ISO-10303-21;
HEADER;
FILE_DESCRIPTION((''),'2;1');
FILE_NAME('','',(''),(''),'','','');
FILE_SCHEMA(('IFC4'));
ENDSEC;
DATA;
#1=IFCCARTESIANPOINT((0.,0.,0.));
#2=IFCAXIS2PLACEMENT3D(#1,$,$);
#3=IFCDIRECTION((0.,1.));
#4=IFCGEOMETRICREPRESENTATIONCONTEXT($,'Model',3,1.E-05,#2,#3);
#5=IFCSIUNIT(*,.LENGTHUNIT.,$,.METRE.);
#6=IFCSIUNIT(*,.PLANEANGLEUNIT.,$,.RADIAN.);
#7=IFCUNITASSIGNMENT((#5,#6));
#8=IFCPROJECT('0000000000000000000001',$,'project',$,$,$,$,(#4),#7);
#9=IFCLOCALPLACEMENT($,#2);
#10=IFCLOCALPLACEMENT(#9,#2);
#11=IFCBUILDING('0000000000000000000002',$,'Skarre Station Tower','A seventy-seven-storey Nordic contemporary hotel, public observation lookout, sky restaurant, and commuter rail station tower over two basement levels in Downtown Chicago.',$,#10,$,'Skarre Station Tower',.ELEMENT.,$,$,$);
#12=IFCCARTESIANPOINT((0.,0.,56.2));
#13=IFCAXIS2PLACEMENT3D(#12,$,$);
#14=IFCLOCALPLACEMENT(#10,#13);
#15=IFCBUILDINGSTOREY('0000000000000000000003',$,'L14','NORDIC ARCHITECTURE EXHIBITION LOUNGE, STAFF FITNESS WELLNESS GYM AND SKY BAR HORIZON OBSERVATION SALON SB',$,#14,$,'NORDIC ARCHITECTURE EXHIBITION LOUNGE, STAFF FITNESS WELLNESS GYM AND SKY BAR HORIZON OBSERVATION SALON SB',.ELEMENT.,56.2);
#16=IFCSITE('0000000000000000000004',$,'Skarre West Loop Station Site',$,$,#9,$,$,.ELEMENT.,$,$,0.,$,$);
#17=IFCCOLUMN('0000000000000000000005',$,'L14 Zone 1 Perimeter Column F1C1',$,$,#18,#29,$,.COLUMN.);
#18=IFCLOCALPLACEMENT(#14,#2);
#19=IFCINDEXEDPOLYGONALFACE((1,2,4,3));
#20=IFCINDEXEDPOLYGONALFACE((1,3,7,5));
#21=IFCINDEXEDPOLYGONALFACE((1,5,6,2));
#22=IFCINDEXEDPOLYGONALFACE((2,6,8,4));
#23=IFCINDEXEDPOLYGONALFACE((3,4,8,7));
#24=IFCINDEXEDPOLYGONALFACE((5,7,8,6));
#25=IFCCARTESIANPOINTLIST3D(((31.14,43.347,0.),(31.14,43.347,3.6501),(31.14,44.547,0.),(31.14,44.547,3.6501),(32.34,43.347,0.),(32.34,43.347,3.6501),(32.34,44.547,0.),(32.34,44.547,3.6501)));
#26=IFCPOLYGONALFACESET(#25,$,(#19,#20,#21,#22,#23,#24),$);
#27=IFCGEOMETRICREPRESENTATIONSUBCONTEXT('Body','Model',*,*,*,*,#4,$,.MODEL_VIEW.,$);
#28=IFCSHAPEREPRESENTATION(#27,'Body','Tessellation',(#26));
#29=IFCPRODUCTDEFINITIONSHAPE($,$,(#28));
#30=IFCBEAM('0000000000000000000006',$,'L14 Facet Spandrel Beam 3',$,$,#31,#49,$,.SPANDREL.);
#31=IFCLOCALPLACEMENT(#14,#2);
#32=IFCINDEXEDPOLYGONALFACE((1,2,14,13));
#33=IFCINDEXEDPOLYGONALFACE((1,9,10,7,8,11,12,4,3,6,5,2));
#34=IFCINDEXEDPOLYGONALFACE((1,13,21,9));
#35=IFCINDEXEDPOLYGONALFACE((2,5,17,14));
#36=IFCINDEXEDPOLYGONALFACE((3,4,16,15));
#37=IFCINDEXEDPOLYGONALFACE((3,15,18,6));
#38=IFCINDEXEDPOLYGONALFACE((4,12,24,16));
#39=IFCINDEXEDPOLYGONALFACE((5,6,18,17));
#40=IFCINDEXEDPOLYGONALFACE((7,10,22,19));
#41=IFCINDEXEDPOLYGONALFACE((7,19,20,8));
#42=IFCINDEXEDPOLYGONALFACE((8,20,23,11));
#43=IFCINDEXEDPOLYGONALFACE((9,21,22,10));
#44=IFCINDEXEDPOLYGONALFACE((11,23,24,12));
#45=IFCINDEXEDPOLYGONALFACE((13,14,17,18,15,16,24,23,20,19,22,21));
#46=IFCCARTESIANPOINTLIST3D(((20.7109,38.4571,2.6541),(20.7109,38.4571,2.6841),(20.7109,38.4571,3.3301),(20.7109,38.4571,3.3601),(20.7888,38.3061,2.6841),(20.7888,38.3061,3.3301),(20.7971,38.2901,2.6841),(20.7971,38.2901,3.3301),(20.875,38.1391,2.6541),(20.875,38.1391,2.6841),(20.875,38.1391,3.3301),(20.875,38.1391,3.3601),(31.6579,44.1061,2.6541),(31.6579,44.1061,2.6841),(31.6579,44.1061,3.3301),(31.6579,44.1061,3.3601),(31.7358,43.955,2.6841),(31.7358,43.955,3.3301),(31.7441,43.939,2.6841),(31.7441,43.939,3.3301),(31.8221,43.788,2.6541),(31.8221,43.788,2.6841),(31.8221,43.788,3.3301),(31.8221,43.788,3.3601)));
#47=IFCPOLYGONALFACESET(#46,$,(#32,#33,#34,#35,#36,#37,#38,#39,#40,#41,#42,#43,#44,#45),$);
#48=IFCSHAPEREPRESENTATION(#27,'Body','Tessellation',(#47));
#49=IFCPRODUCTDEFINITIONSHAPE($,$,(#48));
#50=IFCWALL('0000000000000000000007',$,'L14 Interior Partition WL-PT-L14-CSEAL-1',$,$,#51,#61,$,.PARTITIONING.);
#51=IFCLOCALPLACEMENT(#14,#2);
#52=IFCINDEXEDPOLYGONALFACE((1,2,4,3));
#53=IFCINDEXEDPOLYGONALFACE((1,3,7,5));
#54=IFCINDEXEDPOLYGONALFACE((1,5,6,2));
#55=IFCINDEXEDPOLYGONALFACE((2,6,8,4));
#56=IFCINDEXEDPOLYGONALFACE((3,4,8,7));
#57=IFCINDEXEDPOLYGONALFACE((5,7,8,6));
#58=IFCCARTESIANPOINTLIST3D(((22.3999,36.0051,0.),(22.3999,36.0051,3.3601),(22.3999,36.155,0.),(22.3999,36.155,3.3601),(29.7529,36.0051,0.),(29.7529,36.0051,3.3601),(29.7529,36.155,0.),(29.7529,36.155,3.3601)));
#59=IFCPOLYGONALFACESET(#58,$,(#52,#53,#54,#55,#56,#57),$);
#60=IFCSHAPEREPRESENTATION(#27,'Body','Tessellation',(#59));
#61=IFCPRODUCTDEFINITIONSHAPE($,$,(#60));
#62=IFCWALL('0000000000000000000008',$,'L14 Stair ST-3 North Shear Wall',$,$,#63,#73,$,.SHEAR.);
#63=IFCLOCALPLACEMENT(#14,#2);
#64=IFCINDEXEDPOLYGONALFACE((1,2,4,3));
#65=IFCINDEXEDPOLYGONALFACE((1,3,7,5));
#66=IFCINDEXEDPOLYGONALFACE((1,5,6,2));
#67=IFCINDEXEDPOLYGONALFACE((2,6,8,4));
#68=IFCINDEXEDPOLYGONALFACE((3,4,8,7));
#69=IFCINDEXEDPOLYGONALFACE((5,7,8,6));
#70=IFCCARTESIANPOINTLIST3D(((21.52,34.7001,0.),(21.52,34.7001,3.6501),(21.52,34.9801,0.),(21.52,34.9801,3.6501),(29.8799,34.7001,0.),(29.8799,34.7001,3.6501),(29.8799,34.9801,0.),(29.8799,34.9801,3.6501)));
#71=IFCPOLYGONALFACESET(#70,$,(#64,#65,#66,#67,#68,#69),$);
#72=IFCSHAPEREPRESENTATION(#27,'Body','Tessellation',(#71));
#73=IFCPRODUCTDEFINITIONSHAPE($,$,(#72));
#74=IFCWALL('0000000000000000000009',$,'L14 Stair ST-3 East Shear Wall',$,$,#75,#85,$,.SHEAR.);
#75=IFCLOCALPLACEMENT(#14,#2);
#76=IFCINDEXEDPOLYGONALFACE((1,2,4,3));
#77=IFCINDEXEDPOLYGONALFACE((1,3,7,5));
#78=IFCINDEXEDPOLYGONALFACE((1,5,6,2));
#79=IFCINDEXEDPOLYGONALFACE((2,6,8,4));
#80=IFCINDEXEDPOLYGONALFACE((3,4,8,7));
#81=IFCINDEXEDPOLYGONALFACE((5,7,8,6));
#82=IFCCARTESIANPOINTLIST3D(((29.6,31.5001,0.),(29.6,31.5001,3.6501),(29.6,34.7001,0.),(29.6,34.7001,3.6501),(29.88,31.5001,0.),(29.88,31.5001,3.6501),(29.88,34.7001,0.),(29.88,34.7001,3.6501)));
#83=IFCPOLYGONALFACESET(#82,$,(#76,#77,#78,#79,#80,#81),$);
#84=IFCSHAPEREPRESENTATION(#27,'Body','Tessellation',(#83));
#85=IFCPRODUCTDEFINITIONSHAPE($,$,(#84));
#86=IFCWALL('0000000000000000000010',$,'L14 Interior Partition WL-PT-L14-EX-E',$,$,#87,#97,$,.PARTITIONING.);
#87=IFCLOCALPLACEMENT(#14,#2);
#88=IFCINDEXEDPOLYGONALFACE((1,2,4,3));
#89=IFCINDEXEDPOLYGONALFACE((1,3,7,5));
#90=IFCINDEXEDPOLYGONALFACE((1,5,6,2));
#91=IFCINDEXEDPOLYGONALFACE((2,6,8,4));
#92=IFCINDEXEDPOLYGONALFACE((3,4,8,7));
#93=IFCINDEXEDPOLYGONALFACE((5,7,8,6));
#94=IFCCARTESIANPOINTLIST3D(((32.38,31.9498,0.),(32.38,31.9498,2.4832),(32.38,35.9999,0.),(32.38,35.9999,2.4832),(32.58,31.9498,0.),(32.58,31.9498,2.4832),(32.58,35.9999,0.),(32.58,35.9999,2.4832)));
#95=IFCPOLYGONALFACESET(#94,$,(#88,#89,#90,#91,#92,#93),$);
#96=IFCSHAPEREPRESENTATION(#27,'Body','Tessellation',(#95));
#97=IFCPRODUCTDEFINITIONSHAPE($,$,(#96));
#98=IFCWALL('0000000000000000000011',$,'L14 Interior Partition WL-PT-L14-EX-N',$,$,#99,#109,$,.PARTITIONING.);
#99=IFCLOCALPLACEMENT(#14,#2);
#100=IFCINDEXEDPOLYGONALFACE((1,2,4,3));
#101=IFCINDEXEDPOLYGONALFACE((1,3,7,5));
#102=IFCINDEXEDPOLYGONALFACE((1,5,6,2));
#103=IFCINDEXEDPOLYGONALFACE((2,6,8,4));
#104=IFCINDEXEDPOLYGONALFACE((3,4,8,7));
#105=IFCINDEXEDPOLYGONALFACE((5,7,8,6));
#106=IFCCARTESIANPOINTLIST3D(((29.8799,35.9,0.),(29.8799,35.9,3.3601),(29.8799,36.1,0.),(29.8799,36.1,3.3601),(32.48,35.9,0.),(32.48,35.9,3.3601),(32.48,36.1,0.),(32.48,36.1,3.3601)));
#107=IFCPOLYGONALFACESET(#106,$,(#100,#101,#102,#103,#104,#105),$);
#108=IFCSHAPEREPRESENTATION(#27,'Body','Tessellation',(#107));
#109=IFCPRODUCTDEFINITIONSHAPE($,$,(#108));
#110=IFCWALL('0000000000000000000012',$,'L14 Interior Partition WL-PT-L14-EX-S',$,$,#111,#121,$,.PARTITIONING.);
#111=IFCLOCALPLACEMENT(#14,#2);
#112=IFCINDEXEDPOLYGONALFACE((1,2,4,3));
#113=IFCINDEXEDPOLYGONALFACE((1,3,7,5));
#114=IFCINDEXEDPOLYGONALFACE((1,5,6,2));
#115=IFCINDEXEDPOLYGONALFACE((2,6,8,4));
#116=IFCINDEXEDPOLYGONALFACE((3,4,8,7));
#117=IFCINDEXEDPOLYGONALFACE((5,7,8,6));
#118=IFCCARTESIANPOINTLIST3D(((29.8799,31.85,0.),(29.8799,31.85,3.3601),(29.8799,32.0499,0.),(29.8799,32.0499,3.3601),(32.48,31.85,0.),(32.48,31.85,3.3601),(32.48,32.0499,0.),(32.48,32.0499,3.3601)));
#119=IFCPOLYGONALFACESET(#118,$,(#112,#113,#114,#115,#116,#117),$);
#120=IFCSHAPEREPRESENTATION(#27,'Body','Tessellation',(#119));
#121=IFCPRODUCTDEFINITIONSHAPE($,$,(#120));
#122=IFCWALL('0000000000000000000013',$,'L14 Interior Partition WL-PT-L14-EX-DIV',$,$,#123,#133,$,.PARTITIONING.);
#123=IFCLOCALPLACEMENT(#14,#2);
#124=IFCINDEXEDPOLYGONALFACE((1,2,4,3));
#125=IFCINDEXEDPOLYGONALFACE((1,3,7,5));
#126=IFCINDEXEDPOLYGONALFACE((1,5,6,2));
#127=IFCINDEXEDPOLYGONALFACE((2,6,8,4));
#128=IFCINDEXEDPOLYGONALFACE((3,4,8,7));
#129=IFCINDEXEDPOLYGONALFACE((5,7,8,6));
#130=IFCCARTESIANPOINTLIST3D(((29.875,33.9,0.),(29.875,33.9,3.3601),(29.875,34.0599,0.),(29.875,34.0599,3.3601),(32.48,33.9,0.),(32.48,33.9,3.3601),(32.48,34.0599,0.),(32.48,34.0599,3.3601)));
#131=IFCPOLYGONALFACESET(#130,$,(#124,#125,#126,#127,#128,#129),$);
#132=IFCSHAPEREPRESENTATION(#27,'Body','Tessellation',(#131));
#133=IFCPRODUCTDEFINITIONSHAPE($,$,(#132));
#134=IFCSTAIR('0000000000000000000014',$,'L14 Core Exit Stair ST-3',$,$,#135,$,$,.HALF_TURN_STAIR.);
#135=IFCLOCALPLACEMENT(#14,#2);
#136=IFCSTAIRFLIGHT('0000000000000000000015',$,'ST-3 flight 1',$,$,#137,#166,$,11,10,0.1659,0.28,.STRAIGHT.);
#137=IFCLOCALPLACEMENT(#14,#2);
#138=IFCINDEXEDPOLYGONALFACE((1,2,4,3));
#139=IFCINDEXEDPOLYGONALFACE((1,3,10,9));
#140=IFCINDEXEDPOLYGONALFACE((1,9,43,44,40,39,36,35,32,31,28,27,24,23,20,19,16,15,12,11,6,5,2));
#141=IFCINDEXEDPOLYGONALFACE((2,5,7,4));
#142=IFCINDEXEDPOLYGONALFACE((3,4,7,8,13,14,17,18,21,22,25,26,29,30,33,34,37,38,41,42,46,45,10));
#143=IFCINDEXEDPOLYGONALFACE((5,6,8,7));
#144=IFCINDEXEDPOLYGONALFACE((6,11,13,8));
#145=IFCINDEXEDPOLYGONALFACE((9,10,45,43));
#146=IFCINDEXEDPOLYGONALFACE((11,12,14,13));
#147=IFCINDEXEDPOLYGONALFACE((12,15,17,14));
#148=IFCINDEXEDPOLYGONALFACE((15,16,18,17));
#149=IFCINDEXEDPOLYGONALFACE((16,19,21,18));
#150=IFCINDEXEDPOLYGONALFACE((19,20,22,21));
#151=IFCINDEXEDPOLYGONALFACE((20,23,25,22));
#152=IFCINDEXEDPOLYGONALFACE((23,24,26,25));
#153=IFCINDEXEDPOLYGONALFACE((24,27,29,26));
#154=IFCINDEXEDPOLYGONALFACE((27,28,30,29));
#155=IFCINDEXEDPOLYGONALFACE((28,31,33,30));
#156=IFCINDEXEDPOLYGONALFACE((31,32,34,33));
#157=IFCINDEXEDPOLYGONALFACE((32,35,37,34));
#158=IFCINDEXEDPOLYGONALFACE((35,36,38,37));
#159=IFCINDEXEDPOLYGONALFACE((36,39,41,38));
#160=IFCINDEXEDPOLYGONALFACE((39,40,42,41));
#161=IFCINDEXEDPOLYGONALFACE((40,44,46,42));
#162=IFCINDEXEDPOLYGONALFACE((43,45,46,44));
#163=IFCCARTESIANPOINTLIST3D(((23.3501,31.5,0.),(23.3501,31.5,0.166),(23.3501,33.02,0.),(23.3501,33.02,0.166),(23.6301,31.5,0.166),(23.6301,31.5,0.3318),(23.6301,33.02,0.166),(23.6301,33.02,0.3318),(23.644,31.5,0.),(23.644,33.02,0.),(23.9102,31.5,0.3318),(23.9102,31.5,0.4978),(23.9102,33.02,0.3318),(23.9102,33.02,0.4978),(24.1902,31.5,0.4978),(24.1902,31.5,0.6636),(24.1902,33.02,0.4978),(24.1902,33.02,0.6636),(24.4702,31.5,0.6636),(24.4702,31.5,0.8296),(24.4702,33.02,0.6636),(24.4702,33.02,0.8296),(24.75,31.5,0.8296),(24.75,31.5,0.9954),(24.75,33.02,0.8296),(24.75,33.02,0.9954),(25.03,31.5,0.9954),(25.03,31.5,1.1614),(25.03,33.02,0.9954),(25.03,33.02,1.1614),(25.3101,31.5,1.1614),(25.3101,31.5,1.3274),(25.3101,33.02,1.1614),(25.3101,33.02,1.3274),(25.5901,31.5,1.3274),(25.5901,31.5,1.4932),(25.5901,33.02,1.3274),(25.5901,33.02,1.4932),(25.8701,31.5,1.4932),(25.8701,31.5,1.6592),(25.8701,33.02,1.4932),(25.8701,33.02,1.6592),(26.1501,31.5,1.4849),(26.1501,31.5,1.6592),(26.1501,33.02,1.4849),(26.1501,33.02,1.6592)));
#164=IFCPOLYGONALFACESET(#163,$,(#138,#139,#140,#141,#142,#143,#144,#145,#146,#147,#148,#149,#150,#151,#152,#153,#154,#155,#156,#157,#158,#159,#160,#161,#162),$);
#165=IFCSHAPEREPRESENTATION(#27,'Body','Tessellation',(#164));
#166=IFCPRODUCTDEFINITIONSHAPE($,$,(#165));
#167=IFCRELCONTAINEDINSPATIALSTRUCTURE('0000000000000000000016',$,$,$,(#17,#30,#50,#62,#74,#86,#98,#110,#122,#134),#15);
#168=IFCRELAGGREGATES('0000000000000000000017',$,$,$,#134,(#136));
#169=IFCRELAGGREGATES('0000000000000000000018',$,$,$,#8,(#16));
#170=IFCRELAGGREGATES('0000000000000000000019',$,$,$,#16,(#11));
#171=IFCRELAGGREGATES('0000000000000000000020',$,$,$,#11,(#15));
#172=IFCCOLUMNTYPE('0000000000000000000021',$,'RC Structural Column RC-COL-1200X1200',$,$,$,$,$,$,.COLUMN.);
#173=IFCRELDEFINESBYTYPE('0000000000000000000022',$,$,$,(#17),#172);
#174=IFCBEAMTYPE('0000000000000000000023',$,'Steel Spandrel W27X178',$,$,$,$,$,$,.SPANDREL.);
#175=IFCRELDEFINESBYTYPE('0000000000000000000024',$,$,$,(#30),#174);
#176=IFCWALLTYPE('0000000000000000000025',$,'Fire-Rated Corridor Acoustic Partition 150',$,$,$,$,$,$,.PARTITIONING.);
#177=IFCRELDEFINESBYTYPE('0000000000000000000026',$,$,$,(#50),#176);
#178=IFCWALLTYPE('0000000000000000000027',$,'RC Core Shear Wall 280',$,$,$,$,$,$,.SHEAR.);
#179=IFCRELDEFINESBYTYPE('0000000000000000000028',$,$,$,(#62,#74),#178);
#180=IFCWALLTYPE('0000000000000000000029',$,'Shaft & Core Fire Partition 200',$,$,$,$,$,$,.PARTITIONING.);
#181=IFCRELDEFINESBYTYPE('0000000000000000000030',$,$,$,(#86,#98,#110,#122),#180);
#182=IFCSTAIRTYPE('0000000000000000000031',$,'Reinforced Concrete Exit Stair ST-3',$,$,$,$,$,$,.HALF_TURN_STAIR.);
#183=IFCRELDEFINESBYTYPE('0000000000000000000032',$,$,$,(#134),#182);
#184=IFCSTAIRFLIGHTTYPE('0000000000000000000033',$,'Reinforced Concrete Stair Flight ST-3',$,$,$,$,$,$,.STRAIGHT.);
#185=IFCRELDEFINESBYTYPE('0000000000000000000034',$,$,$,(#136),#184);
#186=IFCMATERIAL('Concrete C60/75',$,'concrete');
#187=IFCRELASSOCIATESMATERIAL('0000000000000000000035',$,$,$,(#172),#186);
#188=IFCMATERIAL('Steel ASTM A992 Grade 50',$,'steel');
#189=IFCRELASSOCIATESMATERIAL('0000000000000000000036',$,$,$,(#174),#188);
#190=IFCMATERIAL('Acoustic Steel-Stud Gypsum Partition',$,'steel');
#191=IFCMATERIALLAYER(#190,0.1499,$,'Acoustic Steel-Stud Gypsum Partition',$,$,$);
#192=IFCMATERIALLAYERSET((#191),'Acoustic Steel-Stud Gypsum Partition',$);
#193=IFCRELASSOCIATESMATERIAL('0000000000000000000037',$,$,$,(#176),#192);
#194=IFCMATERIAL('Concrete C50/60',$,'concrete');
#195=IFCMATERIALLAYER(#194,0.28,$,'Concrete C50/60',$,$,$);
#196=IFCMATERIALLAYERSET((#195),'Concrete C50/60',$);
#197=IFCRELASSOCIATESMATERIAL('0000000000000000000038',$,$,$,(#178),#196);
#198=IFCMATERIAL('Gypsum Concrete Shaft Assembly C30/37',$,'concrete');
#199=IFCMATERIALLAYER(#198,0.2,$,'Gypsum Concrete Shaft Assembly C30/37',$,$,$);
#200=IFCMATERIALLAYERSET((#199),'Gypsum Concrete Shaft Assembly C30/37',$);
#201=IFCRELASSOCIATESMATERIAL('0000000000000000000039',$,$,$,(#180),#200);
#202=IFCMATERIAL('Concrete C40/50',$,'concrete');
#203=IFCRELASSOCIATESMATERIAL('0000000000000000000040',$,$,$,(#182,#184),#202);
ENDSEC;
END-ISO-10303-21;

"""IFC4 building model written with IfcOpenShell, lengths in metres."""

from ifc_helpers import new_model, si_unit, direction, frame, frame_2d, origin, origin_2d, place, context, subcontext, project, spatial, polyline, rectangle, i_section, outline, extrude, material, layer, layer_set, material_profile, profile_set, type_object, element, aggregate, save


model = new_model("IFC4")

# Units and contexts
model_context = context("Model", 3, precision=1e-05, world=origin(), true_north=direction((0.0, 1.0)))
body_context = subcontext(model_context, "Body", "Model", "MODEL_VIEW")
ifc_project = project(units=[si_unit("LENGTHUNIT", "METRE"), si_unit("PLANEANGLEUNIT", "RADIAN")], contexts=[model_context])

# Site, building, storey
site_placement = place(None, origin())
site = spatial("IfcSite", under=ifc_project, at=site_placement, Name="Skarre West Loop Station Site", CompositionType="ELEMENT", RefElevation=0.0)
building_placement = place(site_placement, origin())
building = spatial("IfcBuilding", under=site, at=building_placement, Name="Skarre Station Tower", Description="A seventy-seven-storey Nordic contemporary hotel, public observation lookout, sky restaurant, and commuter rail station tower over two basement levels in Downtown Chicago.", LongName="Skarre Station Tower", CompositionType="ELEMENT")
storey_placement = place(building_placement, frame((0.0, 0.0, 56.2)))
storey = spatial("IfcBuildingStorey", under=building, at=storey_placement, Name="L14", Description="NORDIC ARCHITECTURE EXHIBITION LOUNGE, STAFF FITNESS WELLNESS GYM AND SKY BAR HORIZON OBSERVATION SALON SB", LongName="NORDIC ARCHITECTURE EXHIBITION LOUNGE, STAFF FITNESS WELLNESS GYM AND SKY BAR HORIZON OBSERVATION SALON SB", CompositionType="ELEMENT", Elevation=56.2)

# Column
ifc_material_1 = material(Name="Concrete C60/75", Category="concrete")
ifc_material_profile_1 = material_profile(ifc_material_1, rectangle(XDim=1.2, YDim=1.2, at=origin_2d()), Name="Concrete C60/75")
ifc_profile_set_1 = profile_set([ifc_material_profile_1], Name="Concrete C60/75")
column_type = type_object("IfcColumnType", Name="RC Structural Column RC-COL-1200X1200", PredefinedType="COLUMN", material=ifc_profile_set_1)
column_placement = place(storey_placement, frame((31.74, 43.947, 0.0), z_axis=(0.0, 0.0, 1.0), x_axis=(1.0, 0.0, 0.0)))
element("IfcColumn", 1, at=column_placement, inside=storey, type_object=column_type, Name="L14 Zone 1 Perimeter Column F1C1", PredefinedType="COLUMN", context=body_context, shape_type="SweptSolid", body=[
    extrude(rectangle(XDim=1.2, YDim=1.2, at=origin_2d()), origin(), (0.0, 0.0, 1.0), 3.6501),
])

# Beam
ifc_material_2 = material(Name="Steel ASTM A992 Grade 50", Category="steel")
ifc_material_profile_2 = material_profile(ifc_material_2, i_section(OverallWidth=0.3579, OverallDepth=0.7061, WebThickness=0.0181, FlangeThickness=0.03, at=origin_2d()), Name="Steel ASTM A992 Grade 50")
ifc_profile_set_2 = profile_set([ifc_material_profile_2], Name="Steel ASTM A992 Grade 50")
beam_type = type_object("IfcBeamType", Name="Steel Spandrel W27X178", PredefinedType="SPANDREL", material=ifc_profile_set_2)
beam_placement = place(storey_placement, frame((31.74, 43.947, 3.0071), z_axis=(-0.888659, -0.458569, 0.0), x_axis=(0.458569, -0.888659, 0.0)))
element("IfcBeam", 2, at=beam_placement, inside=storey, type_object=beam_type, Name="L14 Facet Spandrel Beam 3", PredefinedType="SPANDREL", context=body_context, shape_type="SweptSolid", body=[
    extrude(i_section(OverallWidth=0.3579, OverallDepth=0.7061, WebThickness=0.0181, FlangeThickness=0.03, at=origin_2d()), origin(), (0.0, 0.0, 1.0), 12.3186),
])

# Walls
ifc_material_3 = material(Name="Acoustic Steel-Stud Gypsum Partition", Category="steel")
ifc_layer_1 = layer(ifc_material_3, 0.1499, Name="Acoustic Steel-Stud Gypsum Partition")
ifc_layer_set_1 = layer_set([ifc_layer_1], Name="Acoustic Steel-Stud Gypsum Partition")
wall_type_1 = type_object("IfcWallType", Name="Fire-Rated Corridor Acoustic Partition 150", PredefinedType="PARTITIONING", material=ifc_layer_set_1)
wall_1_placement = place(storey_placement, frame((29.7529, 36.0801, 0.0), z_axis=(0.0, 0.0, 1.0), x_axis=(-1.0, 0.0, 0.0)))
element("IfcWall", 3, at=wall_1_placement, inside=storey, type_object=wall_type_1, Name="L14 Interior Partition WL-PT-L14-CSEAL-1", PredefinedType="PARTITIONING", context=body_context, shape_type="SweptSolid", body=[
    extrude(rectangle(XDim=7.353, YDim=0.1499, at=frame_2d((3.6765, 0.0))), origin(), (0.0, 0.0, 1.0), 3.3601),
])
ifc_material_4 = material(Name="Concrete C50/60", Category="concrete")
ifc_layer_2 = layer(ifc_material_4, 0.28, Name="Concrete C50/60")
ifc_layer_set_2 = layer_set([ifc_layer_2], Name="Concrete C50/60")
wall_type_2 = type_object("IfcWallType", Name="RC Core Shear Wall 280", PredefinedType="SHEAR", material=ifc_layer_set_2)
wall_2_placement = place(storey_placement, frame((29.8799, 34.8401, 0.0), z_axis=(0.0, 0.0, 1.0), x_axis=(-1.0, 0.0, 0.0)))
element("IfcWall", 4, at=wall_2_placement, inside=storey, type_object=wall_type_2, Name="L14 Stair ST-3 North Shear Wall", PredefinedType="SHEAR", context=body_context, shape_type="SweptSolid", body=[
    extrude(rectangle(XDim=8.3599, YDim=0.28, at=frame_2d((4.1799, 0.0))), origin(), (0.0, 0.0, 1.0), 3.6501),
])
wall_3_placement = place(storey_placement, frame((29.74, 31.5, 0.0), z_axis=(0.0, 0.0, 1.0), x_axis=(0.0, 1.0, 0.0)))
element("IfcWall", 5, at=wall_3_placement, inside=storey, type_object=wall_type_2, Name="L14 Stair ST-3 East Shear Wall", PredefinedType="SHEAR", context=body_context, shape_type="SweptSolid", body=[
    extrude(rectangle(XDim=3.2, YDim=0.28, at=frame_2d((1.6001, 0.0))), origin(), (0.0, 0.0, 1.0), 3.6501),
])
ifc_material_5 = material(Name="Gypsum Concrete Shaft Assembly C30/37", Category="concrete")
ifc_layer_3 = layer(ifc_material_5, 0.2, Name="Gypsum Concrete Shaft Assembly C30/37")
ifc_layer_set_3 = layer_set([ifc_layer_3], Name="Gypsum Concrete Shaft Assembly C30/37")
wall_type_3 = type_object("IfcWallType", Name="Shaft & Core Fire Partition 200", PredefinedType="PARTITIONING", material=ifc_layer_set_3)
wall_4_placement = place(storey_placement, frame((32.48, 31.95, 0.0), z_axis=(0.0, 0.0, 1.0), x_axis=(0.0, 1.0, 0.0)))
element("IfcWall", 6, at=wall_4_placement, inside=storey, type_object=wall_type_3, Name="L14 Interior Partition WL-PT-L14-EX-E", PredefinedType="PARTITIONING", context=body_context, shape_type="SweptSolid", body=[
    extrude(rectangle(XDim=4.05, YDim=0.2, at=frame_2d((2.0249, 0.0))), origin(), (0.0, 0.0, 1.0), 2.4832),
])
for number, where, z_axis, x_axis, name in (
    (7, (29.8799, 36.0, 0.0), (0.0, 0.0, 1.0), (1.0, 0.0, 0.0), "L14 Interior Partition WL-PT-L14-EX-N"),
    (8, (32.48, 31.95, 0.0), (0.0, 0.0, 1.0), (-1.0, 0.0, 0.0), "L14 Interior Partition WL-PT-L14-EX-S"),
):
    element("IfcWall", number, at=place(storey_placement, frame(where, z_axis=z_axis, x_axis=x_axis)), inside=storey, type_object=wall_type_3, Name=name, PredefinedType="PARTITIONING", context=body_context, shape_type="SweptSolid", body=[
        extrude(rectangle(XDim=2.6001, YDim=0.2, at=frame_2d((1.3, 0.0))), origin(), (0.0, 0.0, 1.0), 3.3601),
    ])
wall_5_placement = place(storey_placement, frame((29.875, 33.98, 0.0), z_axis=(0.0, 0.0, 1.0), x_axis=(1.0, 0.0, 0.0)))
element("IfcWall", 9, at=wall_5_placement, inside=storey, type_object=wall_type_3, Name="L14 Interior Partition WL-PT-L14-EX-DIV", PredefinedType="PARTITIONING", context=body_context, shape_type="SweptSolid", body=[
    extrude(rectangle(XDim=2.605, YDim=0.1599, at=frame_2d((1.3025, 0.0))), origin(), (0.0, 0.0, 1.0), 3.3601),
])

# Stair, stair flight
ifc_material_6 = material(Name="Concrete C40/50", Category="concrete")
stair_type = type_object("IfcStairType", Name="Reinforced Concrete Exit Stair ST-3", PredefinedType="HALF_TURN_STAIR", material=ifc_material_6)
stair_placement = place(storey_placement, origin())
stair = element("IfcStair", 10, at=stair_placement, inside=storey, type_object=stair_type, Name="L14 Core Exit Stair ST-3", PredefinedType="HALF_TURN_STAIR")
stair_flight_type = type_object("IfcStairFlightType", Name="Reinforced Concrete Stair Flight ST-3", PredefinedType="STRAIGHT", material=ifc_material_6)
stair_flight_1_placement = place(storey_placement, frame((23.3501, 32.26, 0.0), z_axis=(0.0, 0.0, 1.0), x_axis=(1.0, 0.0, 0.0)))
stair_flight_1 = element("IfcStairFlight", 11, at=stair_flight_1_placement, type_object=stair_flight_type, Name="ST-3 flight 1", NumberOfRisers=11, NumberOfTreads=10, PredefinedType="STRAIGHT", RiserHeight=0.1659, TreadLength=0.28, context=body_context, shape_type="SweptSolid", body=[
    extrude(outline(polyline([(0.0, 0.0), (0.0, 0.166), (0.28, 0.166), (0.28, 0.3318), (0.5601, 0.3318), (0.5601, 0.4978), (0.8401, 0.4978), (0.8401, 0.6636), (1.1201, 0.6636), (1.1201, 0.8296), (1.3999, 0.8296), (1.3999, 0.9954), (1.6799, 0.9954), (1.6799, 1.1614), (1.96, 1.1614), (1.96, 1.3274), (2.24, 1.3274), (2.24, 1.4932), (2.52, 1.4932), (2.52, 1.6592), (2.8, 1.6592), (2.8, 1.825), (2.8, 1.4849), (0.2939, 0.0), (0.0, 0.0)])), frame((0.0, 0.76, 0.0), z_axis=(0.0, -1.0, 0.0), x_axis=(1.0, 0.0, 0.0)), (0.0, 0.0, 1.0), 1.52),
])
aggregate(stair, [stair_flight_1])

save(model, "model.ifc")
